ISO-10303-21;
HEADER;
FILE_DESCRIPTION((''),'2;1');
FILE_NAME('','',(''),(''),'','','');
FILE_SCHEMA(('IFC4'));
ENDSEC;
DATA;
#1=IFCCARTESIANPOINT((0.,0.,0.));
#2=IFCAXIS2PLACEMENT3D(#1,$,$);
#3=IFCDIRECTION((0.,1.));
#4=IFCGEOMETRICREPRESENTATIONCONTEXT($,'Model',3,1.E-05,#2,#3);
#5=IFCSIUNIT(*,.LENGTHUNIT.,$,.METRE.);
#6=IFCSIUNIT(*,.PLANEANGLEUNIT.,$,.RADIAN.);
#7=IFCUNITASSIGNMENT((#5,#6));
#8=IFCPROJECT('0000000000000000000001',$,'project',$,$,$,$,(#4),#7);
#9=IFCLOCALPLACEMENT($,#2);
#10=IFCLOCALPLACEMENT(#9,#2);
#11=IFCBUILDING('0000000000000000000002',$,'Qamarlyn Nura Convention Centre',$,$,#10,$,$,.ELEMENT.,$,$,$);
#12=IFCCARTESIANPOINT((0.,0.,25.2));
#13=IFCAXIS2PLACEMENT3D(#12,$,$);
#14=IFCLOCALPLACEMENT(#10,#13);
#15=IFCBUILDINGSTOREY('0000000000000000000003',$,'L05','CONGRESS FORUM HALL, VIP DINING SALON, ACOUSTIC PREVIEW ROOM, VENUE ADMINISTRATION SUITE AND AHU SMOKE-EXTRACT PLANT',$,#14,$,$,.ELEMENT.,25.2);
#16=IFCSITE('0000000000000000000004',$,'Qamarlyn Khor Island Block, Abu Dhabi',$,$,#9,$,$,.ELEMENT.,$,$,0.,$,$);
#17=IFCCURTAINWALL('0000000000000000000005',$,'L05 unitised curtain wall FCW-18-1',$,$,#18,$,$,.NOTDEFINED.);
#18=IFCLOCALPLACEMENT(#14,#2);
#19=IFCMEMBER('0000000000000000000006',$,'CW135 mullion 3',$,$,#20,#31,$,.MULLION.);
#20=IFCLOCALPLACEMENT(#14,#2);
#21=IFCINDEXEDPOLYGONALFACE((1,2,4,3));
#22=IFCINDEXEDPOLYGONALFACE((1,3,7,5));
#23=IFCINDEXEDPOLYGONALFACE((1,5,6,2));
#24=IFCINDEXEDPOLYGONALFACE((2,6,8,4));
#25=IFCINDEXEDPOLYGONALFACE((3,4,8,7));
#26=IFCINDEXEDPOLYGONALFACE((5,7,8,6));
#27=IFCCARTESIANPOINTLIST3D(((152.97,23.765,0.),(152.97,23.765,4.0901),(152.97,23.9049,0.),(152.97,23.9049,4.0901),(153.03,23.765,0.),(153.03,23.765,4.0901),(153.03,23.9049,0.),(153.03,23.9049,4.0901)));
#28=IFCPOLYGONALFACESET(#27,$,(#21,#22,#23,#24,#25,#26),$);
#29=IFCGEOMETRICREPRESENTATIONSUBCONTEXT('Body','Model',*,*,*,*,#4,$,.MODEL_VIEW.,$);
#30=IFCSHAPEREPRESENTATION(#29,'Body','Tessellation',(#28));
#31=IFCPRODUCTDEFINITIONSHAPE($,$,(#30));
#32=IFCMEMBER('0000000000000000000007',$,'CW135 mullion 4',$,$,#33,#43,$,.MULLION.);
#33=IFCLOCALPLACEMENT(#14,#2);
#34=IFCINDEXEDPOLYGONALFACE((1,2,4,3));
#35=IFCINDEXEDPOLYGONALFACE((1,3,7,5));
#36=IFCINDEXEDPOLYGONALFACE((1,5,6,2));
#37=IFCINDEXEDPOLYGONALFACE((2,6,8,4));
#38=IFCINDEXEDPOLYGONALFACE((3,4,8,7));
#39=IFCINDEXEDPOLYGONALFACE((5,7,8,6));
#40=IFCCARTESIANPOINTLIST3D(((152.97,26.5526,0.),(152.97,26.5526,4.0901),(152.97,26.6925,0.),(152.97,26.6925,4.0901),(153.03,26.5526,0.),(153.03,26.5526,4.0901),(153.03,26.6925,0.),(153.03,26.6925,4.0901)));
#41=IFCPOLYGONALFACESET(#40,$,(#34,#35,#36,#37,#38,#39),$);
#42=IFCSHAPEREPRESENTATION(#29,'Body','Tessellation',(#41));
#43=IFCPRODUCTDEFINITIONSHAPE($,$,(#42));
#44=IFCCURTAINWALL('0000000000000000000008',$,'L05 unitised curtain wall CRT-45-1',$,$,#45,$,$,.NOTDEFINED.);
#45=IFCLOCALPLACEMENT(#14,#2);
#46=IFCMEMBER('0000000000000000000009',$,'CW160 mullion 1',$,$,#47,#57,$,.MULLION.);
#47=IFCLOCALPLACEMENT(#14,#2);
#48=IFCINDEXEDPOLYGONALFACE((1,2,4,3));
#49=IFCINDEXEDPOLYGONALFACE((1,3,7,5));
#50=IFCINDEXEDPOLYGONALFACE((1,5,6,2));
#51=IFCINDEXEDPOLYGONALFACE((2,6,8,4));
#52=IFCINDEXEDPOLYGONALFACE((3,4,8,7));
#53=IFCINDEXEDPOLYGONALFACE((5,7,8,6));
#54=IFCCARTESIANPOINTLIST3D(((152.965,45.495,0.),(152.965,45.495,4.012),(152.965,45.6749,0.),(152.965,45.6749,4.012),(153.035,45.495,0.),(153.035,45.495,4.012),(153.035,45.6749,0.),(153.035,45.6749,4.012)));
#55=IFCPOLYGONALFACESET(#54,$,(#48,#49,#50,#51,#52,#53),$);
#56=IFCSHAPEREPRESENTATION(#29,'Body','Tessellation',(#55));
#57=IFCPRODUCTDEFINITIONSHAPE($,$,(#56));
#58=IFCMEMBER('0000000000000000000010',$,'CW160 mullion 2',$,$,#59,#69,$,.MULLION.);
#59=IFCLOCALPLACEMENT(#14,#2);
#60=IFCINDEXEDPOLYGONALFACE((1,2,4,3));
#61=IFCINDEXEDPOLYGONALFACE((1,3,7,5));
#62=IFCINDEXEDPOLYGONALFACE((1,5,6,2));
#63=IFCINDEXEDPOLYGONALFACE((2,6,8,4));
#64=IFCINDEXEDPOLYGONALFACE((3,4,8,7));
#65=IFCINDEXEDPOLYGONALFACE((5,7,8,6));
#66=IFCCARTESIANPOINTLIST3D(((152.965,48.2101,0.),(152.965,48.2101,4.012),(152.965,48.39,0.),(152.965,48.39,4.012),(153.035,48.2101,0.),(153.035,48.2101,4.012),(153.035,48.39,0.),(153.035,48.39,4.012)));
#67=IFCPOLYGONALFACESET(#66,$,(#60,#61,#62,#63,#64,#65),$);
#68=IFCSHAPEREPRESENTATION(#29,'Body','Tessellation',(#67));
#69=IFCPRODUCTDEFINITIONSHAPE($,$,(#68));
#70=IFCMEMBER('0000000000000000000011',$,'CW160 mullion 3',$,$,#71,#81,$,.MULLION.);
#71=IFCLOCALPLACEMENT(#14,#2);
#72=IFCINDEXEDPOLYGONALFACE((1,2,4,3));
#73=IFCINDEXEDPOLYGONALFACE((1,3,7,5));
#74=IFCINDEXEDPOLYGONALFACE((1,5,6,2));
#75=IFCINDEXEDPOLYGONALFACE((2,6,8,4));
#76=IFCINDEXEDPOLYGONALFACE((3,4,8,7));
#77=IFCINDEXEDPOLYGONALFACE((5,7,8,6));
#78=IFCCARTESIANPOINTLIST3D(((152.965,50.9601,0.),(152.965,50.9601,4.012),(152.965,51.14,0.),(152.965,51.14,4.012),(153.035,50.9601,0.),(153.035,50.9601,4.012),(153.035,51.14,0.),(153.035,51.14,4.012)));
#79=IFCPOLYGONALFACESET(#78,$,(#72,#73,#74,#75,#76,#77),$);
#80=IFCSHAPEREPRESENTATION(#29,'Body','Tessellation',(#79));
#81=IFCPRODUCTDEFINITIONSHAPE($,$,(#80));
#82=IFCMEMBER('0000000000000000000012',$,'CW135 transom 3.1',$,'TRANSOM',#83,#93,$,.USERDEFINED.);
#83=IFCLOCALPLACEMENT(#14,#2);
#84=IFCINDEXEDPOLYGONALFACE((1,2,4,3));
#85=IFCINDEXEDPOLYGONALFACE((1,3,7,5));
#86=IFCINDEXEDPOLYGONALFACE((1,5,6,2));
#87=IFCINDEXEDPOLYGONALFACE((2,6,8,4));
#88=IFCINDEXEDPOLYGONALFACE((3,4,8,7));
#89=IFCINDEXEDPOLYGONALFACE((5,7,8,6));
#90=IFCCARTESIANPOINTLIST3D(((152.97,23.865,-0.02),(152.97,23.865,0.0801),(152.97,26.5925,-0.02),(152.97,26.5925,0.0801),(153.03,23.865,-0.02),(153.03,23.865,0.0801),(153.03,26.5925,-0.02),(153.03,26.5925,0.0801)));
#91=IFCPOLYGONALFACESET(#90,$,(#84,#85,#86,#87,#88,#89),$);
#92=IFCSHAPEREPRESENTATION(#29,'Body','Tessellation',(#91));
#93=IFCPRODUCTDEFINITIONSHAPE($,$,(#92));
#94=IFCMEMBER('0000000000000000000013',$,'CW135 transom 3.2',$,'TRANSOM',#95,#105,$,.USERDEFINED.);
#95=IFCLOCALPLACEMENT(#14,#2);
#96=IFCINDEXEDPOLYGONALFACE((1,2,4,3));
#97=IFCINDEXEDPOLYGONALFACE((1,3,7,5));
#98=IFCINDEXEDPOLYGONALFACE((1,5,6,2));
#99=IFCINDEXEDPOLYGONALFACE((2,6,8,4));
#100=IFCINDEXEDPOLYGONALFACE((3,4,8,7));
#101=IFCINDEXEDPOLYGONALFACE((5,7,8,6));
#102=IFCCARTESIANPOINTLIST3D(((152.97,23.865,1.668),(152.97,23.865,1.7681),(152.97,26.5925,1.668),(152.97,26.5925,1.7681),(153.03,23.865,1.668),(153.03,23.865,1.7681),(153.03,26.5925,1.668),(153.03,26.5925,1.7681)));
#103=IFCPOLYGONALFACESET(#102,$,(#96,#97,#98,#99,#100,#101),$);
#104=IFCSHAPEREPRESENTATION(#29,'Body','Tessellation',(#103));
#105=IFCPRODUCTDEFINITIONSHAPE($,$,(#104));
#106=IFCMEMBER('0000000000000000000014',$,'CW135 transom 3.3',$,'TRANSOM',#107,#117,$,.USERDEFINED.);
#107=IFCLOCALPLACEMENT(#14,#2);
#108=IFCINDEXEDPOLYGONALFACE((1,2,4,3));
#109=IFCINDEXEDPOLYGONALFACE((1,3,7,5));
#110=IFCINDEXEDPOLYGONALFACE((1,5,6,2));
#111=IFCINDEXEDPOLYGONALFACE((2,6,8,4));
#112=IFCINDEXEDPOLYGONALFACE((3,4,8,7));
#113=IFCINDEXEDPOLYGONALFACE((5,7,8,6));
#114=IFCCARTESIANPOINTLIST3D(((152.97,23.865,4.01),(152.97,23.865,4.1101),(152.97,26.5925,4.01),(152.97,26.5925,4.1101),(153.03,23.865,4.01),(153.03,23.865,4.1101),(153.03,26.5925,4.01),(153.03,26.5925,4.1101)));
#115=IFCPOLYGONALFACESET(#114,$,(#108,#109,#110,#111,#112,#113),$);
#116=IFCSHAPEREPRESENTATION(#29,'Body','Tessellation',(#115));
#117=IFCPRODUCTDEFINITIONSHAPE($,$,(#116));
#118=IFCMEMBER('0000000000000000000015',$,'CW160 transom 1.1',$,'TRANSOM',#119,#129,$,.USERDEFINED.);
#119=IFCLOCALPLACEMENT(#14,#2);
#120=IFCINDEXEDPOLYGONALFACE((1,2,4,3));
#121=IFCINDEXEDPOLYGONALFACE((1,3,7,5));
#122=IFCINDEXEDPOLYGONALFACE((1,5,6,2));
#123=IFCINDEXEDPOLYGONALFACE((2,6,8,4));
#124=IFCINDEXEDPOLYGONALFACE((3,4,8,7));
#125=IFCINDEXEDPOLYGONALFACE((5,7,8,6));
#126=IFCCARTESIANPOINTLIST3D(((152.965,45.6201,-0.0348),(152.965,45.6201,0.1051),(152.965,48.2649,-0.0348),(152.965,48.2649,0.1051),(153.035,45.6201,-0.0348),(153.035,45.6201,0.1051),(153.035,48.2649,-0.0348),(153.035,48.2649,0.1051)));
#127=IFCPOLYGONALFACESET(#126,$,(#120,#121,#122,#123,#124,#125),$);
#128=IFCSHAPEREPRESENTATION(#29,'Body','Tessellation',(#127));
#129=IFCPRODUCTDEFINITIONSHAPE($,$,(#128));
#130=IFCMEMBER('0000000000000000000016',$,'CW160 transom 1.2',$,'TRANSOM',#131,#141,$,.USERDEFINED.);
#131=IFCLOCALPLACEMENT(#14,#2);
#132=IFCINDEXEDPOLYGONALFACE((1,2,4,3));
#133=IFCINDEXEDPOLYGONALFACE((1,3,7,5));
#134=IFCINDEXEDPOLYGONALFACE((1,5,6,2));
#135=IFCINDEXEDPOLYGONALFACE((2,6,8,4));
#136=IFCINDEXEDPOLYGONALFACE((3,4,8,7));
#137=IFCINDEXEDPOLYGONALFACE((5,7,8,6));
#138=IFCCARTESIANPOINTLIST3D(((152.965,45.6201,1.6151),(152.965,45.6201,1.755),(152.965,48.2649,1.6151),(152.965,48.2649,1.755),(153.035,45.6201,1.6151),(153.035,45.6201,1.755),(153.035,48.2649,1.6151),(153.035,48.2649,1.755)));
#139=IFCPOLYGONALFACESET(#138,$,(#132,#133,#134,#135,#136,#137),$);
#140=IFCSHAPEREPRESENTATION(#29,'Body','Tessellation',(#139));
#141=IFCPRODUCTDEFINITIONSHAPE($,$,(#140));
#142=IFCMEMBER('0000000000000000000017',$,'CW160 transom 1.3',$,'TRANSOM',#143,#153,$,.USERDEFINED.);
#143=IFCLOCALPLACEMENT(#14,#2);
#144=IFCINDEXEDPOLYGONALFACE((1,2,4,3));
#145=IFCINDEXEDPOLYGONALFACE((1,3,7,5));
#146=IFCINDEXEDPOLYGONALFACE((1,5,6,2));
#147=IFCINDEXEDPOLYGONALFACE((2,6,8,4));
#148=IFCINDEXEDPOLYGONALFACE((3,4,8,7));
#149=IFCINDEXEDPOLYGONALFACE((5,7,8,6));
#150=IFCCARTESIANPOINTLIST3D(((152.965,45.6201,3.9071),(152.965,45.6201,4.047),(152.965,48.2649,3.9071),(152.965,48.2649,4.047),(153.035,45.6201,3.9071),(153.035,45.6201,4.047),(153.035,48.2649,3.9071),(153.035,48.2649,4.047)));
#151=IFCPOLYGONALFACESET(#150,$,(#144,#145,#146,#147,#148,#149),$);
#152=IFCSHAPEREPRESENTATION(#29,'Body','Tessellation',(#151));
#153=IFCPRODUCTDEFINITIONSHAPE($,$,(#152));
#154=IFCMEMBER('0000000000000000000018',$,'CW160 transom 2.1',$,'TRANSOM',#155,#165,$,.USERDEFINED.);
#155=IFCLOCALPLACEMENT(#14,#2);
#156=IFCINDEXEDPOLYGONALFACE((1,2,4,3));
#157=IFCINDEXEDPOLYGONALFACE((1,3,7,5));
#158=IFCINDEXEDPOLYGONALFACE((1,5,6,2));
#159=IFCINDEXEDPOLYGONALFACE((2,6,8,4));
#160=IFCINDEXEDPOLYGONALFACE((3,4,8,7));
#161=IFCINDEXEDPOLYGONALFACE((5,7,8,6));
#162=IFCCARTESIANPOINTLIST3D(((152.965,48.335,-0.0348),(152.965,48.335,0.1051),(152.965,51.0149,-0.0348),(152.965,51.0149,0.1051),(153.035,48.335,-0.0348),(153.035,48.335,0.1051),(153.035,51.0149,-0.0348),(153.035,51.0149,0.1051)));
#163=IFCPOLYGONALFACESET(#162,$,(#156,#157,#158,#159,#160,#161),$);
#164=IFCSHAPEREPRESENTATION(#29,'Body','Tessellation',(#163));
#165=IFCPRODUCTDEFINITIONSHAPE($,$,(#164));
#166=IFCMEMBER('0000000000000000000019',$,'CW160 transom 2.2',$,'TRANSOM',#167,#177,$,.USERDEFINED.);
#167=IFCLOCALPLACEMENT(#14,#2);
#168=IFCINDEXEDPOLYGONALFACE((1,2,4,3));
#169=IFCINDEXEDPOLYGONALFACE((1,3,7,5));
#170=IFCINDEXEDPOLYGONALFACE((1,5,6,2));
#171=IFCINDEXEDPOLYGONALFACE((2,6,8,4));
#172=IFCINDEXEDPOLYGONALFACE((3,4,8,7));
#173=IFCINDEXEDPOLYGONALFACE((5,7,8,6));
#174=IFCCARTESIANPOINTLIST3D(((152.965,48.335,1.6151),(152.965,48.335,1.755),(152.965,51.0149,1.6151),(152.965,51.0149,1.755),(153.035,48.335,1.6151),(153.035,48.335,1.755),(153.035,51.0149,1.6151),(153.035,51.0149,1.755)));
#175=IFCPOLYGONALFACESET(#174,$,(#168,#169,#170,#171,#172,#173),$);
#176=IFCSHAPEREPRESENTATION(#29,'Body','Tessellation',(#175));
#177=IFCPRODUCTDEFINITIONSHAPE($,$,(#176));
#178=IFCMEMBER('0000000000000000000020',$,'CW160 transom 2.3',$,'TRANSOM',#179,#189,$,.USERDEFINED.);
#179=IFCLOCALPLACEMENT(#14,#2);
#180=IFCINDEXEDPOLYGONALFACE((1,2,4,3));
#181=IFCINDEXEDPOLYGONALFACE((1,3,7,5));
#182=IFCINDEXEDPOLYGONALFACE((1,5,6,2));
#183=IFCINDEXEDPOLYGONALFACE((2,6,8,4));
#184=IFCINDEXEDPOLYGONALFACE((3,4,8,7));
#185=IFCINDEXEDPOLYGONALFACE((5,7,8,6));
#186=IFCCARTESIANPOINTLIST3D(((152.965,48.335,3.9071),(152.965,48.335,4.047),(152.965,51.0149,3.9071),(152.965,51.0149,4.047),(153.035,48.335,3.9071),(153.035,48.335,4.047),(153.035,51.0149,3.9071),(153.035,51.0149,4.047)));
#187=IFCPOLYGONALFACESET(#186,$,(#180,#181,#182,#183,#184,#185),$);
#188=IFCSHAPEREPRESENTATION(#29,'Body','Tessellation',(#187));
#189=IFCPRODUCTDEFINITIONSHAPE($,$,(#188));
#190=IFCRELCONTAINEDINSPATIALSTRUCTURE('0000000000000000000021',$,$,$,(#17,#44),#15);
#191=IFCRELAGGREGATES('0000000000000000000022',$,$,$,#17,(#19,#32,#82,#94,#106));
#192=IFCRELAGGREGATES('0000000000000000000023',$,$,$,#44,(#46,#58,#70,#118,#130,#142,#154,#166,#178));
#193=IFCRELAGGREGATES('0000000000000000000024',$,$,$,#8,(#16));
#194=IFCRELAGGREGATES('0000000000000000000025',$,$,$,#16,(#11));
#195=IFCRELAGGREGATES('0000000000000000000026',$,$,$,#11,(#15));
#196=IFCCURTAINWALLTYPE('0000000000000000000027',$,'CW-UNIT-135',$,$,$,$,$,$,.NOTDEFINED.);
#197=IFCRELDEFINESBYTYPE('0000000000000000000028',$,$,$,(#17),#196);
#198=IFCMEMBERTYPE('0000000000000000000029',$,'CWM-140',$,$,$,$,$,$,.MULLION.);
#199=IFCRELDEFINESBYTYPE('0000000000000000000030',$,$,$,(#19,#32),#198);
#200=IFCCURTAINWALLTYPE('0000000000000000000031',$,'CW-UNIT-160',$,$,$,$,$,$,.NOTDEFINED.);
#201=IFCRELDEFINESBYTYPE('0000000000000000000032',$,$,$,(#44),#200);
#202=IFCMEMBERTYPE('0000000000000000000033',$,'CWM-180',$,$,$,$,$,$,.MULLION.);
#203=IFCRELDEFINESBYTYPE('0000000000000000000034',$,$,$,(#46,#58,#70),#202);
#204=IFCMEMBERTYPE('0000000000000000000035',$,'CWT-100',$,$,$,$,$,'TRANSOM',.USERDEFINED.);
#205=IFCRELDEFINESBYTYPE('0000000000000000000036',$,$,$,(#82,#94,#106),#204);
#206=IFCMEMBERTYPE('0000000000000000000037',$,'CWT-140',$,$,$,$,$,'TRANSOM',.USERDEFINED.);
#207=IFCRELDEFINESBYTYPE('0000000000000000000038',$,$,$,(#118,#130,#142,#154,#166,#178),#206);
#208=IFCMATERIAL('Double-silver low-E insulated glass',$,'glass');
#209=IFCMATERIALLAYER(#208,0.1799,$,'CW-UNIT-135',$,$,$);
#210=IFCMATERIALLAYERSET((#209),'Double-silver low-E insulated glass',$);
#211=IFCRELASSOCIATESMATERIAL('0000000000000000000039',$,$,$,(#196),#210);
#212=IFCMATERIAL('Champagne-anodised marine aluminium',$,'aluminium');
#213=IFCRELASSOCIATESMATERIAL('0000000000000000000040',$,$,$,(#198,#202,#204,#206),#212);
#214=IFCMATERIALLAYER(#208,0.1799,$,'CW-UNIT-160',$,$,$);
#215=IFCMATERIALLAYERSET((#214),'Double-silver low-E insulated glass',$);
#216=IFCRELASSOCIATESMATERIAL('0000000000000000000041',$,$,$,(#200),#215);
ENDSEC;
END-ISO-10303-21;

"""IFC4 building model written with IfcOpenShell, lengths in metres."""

from ifc_helpers import new_model, si_unit, direction, frame, origin, origin_2d, place, context, subcontext, project, spatial, rectangle, extrude, material, layer, layer_set, material_profile, profile_set, type_object, element, aggregate, save


model = new_model("IFC4")

# Units and contexts
model_context = context("Model", 3, precision=1e-05, world=origin(), true_north=direction((0.0, 1.0)))
body_context = subcontext(model_context, "Body", "Model", "MODEL_VIEW")
ifc_project = project(units=[si_unit("LENGTHUNIT", "METRE"), si_unit("PLANEANGLEUNIT", "RADIAN")], contexts=[model_context])

# Site, building, storey
site_placement = place(None, origin())
site = spatial("IfcSite", under=ifc_project, at=site_placement, Name="Qamarlyn Khor Island Block, Abu Dhabi", CompositionType="ELEMENT", RefElevation=0.0)
building_placement = place(site_placement, origin())
building = spatial("IfcBuilding", under=site, at=building_placement, Name="Qamarlyn Nura Convention Centre", CompositionType="ELEMENT")
storey_placement = place(building_placement, frame((0.0, 0.0, 25.2)))
storey = spatial("IfcBuildingStorey", under=building, at=storey_placement, Name="L05", Description="CONGRESS FORUM HALL, VIP DINING SALON, ACOUSTIC PREVIEW ROOM, VENUE ADMINISTRATION SUITE AND AHU SMOKE-EXTRACT PLANT", CompositionType="ELEMENT", Elevation=25.2)

# Curtain walls, members
ifc_material_1 = material(Name="Double-silver low-E insulated glass", Category="glass")
ifc_layer_1 = layer(ifc_material_1, 0.1799, Name="CW-UNIT-135")
ifc_layer_set_1 = layer_set([ifc_layer_1], Name="Double-silver low-E insulated glass")
curtain_wall_type_1 = type_object("IfcCurtainWallType", Name="CW-UNIT-135", PredefinedType="NOTDEFINED", material=ifc_layer_set_1)
curtain_wall_1_placement = place(storey_placement, origin())
curtain_wall_1 = element("IfcCurtainWall", 1, at=curtain_wall_1_placement, inside=storey, type_object=curtain_wall_type_1, Name="L05 unitised curtain wall FCW-18-1", PredefinedType="NOTDEFINED")
ifc_material_2 = material(Name="Champagne-anodised marine aluminium", Category="aluminium")
ifc_material_profile_1 = material_profile(ifc_material_2, rectangle(XDim=0.0601, YDim=0.1399, at=origin_2d()), Name="ALU MULLION 60x140")
ifc_profile_set_1 = profile_set([ifc_material_profile_1], Name="Champagne-anodised marine aluminium")
member_type_1 = type_object("IfcMemberType", Name="CWM-140", PredefinedType="MULLION", material=ifc_profile_set_1)
member_1_placement = place(storey_placement, frame((153.0, 23.835, 0.0), z_axis=(0.0, 0.0, 1.0), x_axis=(-1.0, 0.0, 0.0)))
member_1 = element("IfcMember", 2, at=member_1_placement, type_object=member_type_1, Name="CW135 mullion 3", PredefinedType="MULLION", context=body_context, shape_type="SweptSolid", body=[
    extrude(rectangle(XDim=0.0601, YDim=0.1399, at=origin_2d()), origin(), (0.0, 0.0, 1.0), 4.0901),
])
member_2_placement = place(storey_placement, frame((153.0, 26.6226, 0.0), z_axis=(0.0, 0.0, 1.0), x_axis=(-1.0, 0.0, 0.0)))
member_2 = element("IfcMember", 3, at=member_2_placement, type_object=member_type_1, Name="CW135 mullion 4", PredefinedType="MULLION", context=body_context, shape_type="SweptSolid", body=[
    extrude(rectangle(XDim=0.0601, YDim=0.1399, at=origin_2d()), origin(), (0.0, 0.0, 1.0), 4.0901),
])
ifc_layer_2 = layer(ifc_material_1, 0.1799, Name="CW-UNIT-160")
ifc_layer_set_2 = layer_set([ifc_layer_2], Name="Double-silver low-E insulated glass")
curtain_wall_type_2 = type_object("IfcCurtainWallType", Name="CW-UNIT-160", PredefinedType="NOTDEFINED", material=ifc_layer_set_2)
curtain_wall_2_placement = place(storey_placement, origin())
curtain_wall_2 = element("IfcCurtainWall", 4, at=curtain_wall_2_placement, inside=storey, type_object=curtain_wall_type_2, Name="L05 unitised curtain wall CRT-45-1", PredefinedType="NOTDEFINED")
ifc_material_profile_2 = material_profile(ifc_material_2, rectangle(XDim=0.0701, YDim=0.1799, at=origin_2d()), Name="ALU MULLION 70x180")
ifc_profile_set_2 = profile_set([ifc_material_profile_2], Name="Champagne-anodised marine aluminium")
member_type_2 = type_object("IfcMemberType", Name="CWM-180", PredefinedType="MULLION", material=ifc_profile_set_2)
member_3_placement = place(storey_placement, frame((153.0, 45.585, 0.0), z_axis=(0.0, 0.0, 1.0), x_axis=(-1.0, 0.0, 0.0)))
member_3 = element("IfcMember", 5, at=member_3_placement, type_object=member_type_2, Name="CW160 mullion 1", PredefinedType="MULLION", context=body_context, shape_type="SweptSolid", body=[
    extrude(rectangle(XDim=0.0701, YDim=0.1799, at=origin_2d()), origin(), (0.0, 0.0, 1.0), 4.012),
])
member_4_placement = place(storey_placement, frame((153.0, 48.3, 0.0), z_axis=(0.0, 0.0, 1.0), x_axis=(-1.0, 0.0, 0.0)))
member_4 = element("IfcMember", 6, at=member_4_placement, type_object=member_type_2, Name="CW160 mullion 2", PredefinedType="MULLION", context=body_context, shape_type="SweptSolid", body=[
    extrude(rectangle(XDim=0.0701, YDim=0.1799, at=origin_2d()), origin(), (0.0, 0.0, 1.0), 4.012),
])
member_5_placement = place(storey_placement, frame((153.0, 51.05, 0.0), z_axis=(0.0, 0.0, 1.0), x_axis=(-1.0, 0.0, 0.0)))
member_5 = element("IfcMember", 7, at=member_5_placement, type_object=member_type_2, Name="CW160 mullion 3", PredefinedType="MULLION", context=body_context, shape_type="SweptSolid", body=[
    extrude(rectangle(XDim=0.0701, YDim=0.1799, at=origin_2d()), origin(), (0.0, 0.0, 1.0), 4.012),
])

# Members
ifc_material_profile_3 = material_profile(ifc_material_2, rectangle(XDim=0.0601, YDim=0.1001, at=origin_2d()), Name="ALU TRANSOM 60x100")
ifc_profile_set_3 = profile_set([ifc_material_profile_3], Name="Champagne-anodised marine aluminium")
member_type_3 = type_object("IfcMemberType", Name="CWT-100", ElementType="TRANSOM", PredefinedType="USERDEFINED", material=ifc_profile_set_3)
member_6_placement = place(storey_placement, frame((153.0, 23.865, 0.03), z_axis=(0.0, 1.0, 0.0), x_axis=(-1.0, 0.0, 0.0)))
member_6 = element("IfcMember", 8, at=member_6_placement, type_object=member_type_3, Name="CW135 transom 3.1", ObjectType="TRANSOM", PredefinedType="USERDEFINED", context=body_context, shape_type="SweptSolid", body=[
    extrude(rectangle(XDim=0.0601, YDim=0.1001, at=origin_2d()), origin(), (0.0, 0.0, 1.0), 2.7275),
])
member_7_placement = place(storey_placement, frame((153.0, 23.865, 1.718), z_axis=(0.0, 1.0, 0.0), x_axis=(-1.0, 0.0, 0.0)))
member_7 = element("IfcMember", 9, at=member_7_placement, type_object=member_type_3, Name="CW135 transom 3.2", ObjectType="TRANSOM", PredefinedType="USERDEFINED", context=body_context, shape_type="SweptSolid", body=[
    extrude(rectangle(XDim=0.0601, YDim=0.1001, at=origin_2d()), origin(), (0.0, 0.0, 1.0), 2.7275),
])
member_8_placement = place(storey_placement, frame((153.0, 23.865, 4.0601), z_axis=(0.0, 1.0, 0.0), x_axis=(-1.0, 0.0, 0.0)))
member_8 = element("IfcMember", 10, at=member_8_placement, type_object=member_type_3, Name="CW135 transom 3.3", ObjectType="TRANSOM", PredefinedType="USERDEFINED", context=body_context, shape_type="SweptSolid", body=[
    extrude(rectangle(XDim=0.0601, YDim=0.1001, at=origin_2d()), origin(), (0.0, 0.0, 1.0), 2.7275),
])
ifc_material_profile_4 = material_profile(ifc_material_2, rectangle(XDim=0.0701, YDim=0.1399, at=origin_2d()), Name="ALU TRANSOM 70x140")
ifc_profile_set_4 = profile_set([ifc_material_profile_4], Name="Champagne-anodised marine aluminium")
member_type_4 = type_object("IfcMemberType", Name="CWT-140", ElementType="TRANSOM", PredefinedType="USERDEFINED", material=ifc_profile_set_4)
member_9_placement = place(storey_placement, frame((153.0, 45.6201, 0.0352), z_axis=(0.0, 1.0, 0.0), x_axis=(-1.0, 0.0, 0.0)))
member_9 = element("IfcMember", 11, at=member_9_placement, type_object=member_type_4, Name="CW160 transom 1.1", ObjectType="TRANSOM", PredefinedType="USERDEFINED", context=body_context, shape_type="SweptSolid", body=[
    extrude(rectangle(XDim=0.0701, YDim=0.1399, at=origin_2d()), origin(), (0.0, 0.0, 1.0), 2.6448),
])
member_10_placement = place(storey_placement, frame((153.0, 45.6201, 1.6851), z_axis=(0.0, 1.0, 0.0), x_axis=(-1.0, 0.0, 0.0)))
member_10 = element("IfcMember", 12, at=member_10_placement, type_object=member_type_4, Name="CW160 transom 1.2", ObjectType="TRANSOM", PredefinedType="USERDEFINED", context=body_context, shape_type="SweptSolid", body=[
    extrude(rectangle(XDim=0.0701, YDim=0.1399, at=origin_2d()), origin(), (0.0, 0.0, 1.0), 2.6448),
])
member_11_placement = place(storey_placement, frame((153.0, 45.6201, 3.9771), z_axis=(0.0, 1.0, 0.0), x_axis=(-1.0, 0.0, 0.0)))
member_11 = element("IfcMember", 13, at=member_11_placement, type_object=member_type_4, Name="CW160 transom 1.3", ObjectType="TRANSOM", PredefinedType="USERDEFINED", context=body_context, shape_type="SweptSolid", body=[
    extrude(rectangle(XDim=0.0701, YDim=0.1399, at=origin_2d()), origin(), (0.0, 0.0, 1.0), 2.6448),
])
member_12_placement = place(storey_placement, frame((153.0, 48.335, 0.0352), z_axis=(0.0, 1.0, 0.0), x_axis=(-1.0, 0.0, 0.0)))
member_12 = element("IfcMember", 14, at=member_12_placement, type_object=member_type_4, Name="CW160 transom 2.1", ObjectType="TRANSOM", PredefinedType="USERDEFINED", context=body_context, shape_type="SweptSolid", body=[
    extrude(rectangle(XDim=0.0701, YDim=0.1399, at=origin_2d()), origin(), (0.0, 0.0, 1.0), 2.6799),
])
member_13_placement = place(storey_placement, frame((153.0, 48.335, 1.6851), z_axis=(0.0, 1.0, 0.0), x_axis=(-1.0, 0.0, 0.0)))
member_13 = element("IfcMember", 15, at=member_13_placement, type_object=member_type_4, Name="CW160 transom 2.2", ObjectType="TRANSOM", PredefinedType="USERDEFINED", context=body_context, shape_type="SweptSolid", body=[
    extrude(rectangle(XDim=0.0701, YDim=0.1399, at=origin_2d()), origin(), (0.0, 0.0, 1.0), 2.6799),
])
member_14_placement = place(storey_placement, frame((153.0, 48.335, 3.9771), z_axis=(0.0, 1.0, 0.0), x_axis=(-1.0, 0.0, 0.0)))
member_14 = element("IfcMember", 16, at=member_14_placement, type_object=member_type_4, Name="CW160 transom 2.3", ObjectType="TRANSOM", PredefinedType="USERDEFINED", context=body_context, shape_type="SweptSolid", body=[
    extrude(rectangle(XDim=0.0701, YDim=0.1399, at=origin_2d()), origin(), (0.0, 0.0, 1.0), 2.6799),
])

aggregate(curtain_wall_1, [member_1, member_2, member_6, member_7, member_8])
aggregate(curtain_wall_2, [member_3, member_4, member_5, member_9, member_10, member_11, member_12, member_13, member_14])

save(model, "model.ifc")
